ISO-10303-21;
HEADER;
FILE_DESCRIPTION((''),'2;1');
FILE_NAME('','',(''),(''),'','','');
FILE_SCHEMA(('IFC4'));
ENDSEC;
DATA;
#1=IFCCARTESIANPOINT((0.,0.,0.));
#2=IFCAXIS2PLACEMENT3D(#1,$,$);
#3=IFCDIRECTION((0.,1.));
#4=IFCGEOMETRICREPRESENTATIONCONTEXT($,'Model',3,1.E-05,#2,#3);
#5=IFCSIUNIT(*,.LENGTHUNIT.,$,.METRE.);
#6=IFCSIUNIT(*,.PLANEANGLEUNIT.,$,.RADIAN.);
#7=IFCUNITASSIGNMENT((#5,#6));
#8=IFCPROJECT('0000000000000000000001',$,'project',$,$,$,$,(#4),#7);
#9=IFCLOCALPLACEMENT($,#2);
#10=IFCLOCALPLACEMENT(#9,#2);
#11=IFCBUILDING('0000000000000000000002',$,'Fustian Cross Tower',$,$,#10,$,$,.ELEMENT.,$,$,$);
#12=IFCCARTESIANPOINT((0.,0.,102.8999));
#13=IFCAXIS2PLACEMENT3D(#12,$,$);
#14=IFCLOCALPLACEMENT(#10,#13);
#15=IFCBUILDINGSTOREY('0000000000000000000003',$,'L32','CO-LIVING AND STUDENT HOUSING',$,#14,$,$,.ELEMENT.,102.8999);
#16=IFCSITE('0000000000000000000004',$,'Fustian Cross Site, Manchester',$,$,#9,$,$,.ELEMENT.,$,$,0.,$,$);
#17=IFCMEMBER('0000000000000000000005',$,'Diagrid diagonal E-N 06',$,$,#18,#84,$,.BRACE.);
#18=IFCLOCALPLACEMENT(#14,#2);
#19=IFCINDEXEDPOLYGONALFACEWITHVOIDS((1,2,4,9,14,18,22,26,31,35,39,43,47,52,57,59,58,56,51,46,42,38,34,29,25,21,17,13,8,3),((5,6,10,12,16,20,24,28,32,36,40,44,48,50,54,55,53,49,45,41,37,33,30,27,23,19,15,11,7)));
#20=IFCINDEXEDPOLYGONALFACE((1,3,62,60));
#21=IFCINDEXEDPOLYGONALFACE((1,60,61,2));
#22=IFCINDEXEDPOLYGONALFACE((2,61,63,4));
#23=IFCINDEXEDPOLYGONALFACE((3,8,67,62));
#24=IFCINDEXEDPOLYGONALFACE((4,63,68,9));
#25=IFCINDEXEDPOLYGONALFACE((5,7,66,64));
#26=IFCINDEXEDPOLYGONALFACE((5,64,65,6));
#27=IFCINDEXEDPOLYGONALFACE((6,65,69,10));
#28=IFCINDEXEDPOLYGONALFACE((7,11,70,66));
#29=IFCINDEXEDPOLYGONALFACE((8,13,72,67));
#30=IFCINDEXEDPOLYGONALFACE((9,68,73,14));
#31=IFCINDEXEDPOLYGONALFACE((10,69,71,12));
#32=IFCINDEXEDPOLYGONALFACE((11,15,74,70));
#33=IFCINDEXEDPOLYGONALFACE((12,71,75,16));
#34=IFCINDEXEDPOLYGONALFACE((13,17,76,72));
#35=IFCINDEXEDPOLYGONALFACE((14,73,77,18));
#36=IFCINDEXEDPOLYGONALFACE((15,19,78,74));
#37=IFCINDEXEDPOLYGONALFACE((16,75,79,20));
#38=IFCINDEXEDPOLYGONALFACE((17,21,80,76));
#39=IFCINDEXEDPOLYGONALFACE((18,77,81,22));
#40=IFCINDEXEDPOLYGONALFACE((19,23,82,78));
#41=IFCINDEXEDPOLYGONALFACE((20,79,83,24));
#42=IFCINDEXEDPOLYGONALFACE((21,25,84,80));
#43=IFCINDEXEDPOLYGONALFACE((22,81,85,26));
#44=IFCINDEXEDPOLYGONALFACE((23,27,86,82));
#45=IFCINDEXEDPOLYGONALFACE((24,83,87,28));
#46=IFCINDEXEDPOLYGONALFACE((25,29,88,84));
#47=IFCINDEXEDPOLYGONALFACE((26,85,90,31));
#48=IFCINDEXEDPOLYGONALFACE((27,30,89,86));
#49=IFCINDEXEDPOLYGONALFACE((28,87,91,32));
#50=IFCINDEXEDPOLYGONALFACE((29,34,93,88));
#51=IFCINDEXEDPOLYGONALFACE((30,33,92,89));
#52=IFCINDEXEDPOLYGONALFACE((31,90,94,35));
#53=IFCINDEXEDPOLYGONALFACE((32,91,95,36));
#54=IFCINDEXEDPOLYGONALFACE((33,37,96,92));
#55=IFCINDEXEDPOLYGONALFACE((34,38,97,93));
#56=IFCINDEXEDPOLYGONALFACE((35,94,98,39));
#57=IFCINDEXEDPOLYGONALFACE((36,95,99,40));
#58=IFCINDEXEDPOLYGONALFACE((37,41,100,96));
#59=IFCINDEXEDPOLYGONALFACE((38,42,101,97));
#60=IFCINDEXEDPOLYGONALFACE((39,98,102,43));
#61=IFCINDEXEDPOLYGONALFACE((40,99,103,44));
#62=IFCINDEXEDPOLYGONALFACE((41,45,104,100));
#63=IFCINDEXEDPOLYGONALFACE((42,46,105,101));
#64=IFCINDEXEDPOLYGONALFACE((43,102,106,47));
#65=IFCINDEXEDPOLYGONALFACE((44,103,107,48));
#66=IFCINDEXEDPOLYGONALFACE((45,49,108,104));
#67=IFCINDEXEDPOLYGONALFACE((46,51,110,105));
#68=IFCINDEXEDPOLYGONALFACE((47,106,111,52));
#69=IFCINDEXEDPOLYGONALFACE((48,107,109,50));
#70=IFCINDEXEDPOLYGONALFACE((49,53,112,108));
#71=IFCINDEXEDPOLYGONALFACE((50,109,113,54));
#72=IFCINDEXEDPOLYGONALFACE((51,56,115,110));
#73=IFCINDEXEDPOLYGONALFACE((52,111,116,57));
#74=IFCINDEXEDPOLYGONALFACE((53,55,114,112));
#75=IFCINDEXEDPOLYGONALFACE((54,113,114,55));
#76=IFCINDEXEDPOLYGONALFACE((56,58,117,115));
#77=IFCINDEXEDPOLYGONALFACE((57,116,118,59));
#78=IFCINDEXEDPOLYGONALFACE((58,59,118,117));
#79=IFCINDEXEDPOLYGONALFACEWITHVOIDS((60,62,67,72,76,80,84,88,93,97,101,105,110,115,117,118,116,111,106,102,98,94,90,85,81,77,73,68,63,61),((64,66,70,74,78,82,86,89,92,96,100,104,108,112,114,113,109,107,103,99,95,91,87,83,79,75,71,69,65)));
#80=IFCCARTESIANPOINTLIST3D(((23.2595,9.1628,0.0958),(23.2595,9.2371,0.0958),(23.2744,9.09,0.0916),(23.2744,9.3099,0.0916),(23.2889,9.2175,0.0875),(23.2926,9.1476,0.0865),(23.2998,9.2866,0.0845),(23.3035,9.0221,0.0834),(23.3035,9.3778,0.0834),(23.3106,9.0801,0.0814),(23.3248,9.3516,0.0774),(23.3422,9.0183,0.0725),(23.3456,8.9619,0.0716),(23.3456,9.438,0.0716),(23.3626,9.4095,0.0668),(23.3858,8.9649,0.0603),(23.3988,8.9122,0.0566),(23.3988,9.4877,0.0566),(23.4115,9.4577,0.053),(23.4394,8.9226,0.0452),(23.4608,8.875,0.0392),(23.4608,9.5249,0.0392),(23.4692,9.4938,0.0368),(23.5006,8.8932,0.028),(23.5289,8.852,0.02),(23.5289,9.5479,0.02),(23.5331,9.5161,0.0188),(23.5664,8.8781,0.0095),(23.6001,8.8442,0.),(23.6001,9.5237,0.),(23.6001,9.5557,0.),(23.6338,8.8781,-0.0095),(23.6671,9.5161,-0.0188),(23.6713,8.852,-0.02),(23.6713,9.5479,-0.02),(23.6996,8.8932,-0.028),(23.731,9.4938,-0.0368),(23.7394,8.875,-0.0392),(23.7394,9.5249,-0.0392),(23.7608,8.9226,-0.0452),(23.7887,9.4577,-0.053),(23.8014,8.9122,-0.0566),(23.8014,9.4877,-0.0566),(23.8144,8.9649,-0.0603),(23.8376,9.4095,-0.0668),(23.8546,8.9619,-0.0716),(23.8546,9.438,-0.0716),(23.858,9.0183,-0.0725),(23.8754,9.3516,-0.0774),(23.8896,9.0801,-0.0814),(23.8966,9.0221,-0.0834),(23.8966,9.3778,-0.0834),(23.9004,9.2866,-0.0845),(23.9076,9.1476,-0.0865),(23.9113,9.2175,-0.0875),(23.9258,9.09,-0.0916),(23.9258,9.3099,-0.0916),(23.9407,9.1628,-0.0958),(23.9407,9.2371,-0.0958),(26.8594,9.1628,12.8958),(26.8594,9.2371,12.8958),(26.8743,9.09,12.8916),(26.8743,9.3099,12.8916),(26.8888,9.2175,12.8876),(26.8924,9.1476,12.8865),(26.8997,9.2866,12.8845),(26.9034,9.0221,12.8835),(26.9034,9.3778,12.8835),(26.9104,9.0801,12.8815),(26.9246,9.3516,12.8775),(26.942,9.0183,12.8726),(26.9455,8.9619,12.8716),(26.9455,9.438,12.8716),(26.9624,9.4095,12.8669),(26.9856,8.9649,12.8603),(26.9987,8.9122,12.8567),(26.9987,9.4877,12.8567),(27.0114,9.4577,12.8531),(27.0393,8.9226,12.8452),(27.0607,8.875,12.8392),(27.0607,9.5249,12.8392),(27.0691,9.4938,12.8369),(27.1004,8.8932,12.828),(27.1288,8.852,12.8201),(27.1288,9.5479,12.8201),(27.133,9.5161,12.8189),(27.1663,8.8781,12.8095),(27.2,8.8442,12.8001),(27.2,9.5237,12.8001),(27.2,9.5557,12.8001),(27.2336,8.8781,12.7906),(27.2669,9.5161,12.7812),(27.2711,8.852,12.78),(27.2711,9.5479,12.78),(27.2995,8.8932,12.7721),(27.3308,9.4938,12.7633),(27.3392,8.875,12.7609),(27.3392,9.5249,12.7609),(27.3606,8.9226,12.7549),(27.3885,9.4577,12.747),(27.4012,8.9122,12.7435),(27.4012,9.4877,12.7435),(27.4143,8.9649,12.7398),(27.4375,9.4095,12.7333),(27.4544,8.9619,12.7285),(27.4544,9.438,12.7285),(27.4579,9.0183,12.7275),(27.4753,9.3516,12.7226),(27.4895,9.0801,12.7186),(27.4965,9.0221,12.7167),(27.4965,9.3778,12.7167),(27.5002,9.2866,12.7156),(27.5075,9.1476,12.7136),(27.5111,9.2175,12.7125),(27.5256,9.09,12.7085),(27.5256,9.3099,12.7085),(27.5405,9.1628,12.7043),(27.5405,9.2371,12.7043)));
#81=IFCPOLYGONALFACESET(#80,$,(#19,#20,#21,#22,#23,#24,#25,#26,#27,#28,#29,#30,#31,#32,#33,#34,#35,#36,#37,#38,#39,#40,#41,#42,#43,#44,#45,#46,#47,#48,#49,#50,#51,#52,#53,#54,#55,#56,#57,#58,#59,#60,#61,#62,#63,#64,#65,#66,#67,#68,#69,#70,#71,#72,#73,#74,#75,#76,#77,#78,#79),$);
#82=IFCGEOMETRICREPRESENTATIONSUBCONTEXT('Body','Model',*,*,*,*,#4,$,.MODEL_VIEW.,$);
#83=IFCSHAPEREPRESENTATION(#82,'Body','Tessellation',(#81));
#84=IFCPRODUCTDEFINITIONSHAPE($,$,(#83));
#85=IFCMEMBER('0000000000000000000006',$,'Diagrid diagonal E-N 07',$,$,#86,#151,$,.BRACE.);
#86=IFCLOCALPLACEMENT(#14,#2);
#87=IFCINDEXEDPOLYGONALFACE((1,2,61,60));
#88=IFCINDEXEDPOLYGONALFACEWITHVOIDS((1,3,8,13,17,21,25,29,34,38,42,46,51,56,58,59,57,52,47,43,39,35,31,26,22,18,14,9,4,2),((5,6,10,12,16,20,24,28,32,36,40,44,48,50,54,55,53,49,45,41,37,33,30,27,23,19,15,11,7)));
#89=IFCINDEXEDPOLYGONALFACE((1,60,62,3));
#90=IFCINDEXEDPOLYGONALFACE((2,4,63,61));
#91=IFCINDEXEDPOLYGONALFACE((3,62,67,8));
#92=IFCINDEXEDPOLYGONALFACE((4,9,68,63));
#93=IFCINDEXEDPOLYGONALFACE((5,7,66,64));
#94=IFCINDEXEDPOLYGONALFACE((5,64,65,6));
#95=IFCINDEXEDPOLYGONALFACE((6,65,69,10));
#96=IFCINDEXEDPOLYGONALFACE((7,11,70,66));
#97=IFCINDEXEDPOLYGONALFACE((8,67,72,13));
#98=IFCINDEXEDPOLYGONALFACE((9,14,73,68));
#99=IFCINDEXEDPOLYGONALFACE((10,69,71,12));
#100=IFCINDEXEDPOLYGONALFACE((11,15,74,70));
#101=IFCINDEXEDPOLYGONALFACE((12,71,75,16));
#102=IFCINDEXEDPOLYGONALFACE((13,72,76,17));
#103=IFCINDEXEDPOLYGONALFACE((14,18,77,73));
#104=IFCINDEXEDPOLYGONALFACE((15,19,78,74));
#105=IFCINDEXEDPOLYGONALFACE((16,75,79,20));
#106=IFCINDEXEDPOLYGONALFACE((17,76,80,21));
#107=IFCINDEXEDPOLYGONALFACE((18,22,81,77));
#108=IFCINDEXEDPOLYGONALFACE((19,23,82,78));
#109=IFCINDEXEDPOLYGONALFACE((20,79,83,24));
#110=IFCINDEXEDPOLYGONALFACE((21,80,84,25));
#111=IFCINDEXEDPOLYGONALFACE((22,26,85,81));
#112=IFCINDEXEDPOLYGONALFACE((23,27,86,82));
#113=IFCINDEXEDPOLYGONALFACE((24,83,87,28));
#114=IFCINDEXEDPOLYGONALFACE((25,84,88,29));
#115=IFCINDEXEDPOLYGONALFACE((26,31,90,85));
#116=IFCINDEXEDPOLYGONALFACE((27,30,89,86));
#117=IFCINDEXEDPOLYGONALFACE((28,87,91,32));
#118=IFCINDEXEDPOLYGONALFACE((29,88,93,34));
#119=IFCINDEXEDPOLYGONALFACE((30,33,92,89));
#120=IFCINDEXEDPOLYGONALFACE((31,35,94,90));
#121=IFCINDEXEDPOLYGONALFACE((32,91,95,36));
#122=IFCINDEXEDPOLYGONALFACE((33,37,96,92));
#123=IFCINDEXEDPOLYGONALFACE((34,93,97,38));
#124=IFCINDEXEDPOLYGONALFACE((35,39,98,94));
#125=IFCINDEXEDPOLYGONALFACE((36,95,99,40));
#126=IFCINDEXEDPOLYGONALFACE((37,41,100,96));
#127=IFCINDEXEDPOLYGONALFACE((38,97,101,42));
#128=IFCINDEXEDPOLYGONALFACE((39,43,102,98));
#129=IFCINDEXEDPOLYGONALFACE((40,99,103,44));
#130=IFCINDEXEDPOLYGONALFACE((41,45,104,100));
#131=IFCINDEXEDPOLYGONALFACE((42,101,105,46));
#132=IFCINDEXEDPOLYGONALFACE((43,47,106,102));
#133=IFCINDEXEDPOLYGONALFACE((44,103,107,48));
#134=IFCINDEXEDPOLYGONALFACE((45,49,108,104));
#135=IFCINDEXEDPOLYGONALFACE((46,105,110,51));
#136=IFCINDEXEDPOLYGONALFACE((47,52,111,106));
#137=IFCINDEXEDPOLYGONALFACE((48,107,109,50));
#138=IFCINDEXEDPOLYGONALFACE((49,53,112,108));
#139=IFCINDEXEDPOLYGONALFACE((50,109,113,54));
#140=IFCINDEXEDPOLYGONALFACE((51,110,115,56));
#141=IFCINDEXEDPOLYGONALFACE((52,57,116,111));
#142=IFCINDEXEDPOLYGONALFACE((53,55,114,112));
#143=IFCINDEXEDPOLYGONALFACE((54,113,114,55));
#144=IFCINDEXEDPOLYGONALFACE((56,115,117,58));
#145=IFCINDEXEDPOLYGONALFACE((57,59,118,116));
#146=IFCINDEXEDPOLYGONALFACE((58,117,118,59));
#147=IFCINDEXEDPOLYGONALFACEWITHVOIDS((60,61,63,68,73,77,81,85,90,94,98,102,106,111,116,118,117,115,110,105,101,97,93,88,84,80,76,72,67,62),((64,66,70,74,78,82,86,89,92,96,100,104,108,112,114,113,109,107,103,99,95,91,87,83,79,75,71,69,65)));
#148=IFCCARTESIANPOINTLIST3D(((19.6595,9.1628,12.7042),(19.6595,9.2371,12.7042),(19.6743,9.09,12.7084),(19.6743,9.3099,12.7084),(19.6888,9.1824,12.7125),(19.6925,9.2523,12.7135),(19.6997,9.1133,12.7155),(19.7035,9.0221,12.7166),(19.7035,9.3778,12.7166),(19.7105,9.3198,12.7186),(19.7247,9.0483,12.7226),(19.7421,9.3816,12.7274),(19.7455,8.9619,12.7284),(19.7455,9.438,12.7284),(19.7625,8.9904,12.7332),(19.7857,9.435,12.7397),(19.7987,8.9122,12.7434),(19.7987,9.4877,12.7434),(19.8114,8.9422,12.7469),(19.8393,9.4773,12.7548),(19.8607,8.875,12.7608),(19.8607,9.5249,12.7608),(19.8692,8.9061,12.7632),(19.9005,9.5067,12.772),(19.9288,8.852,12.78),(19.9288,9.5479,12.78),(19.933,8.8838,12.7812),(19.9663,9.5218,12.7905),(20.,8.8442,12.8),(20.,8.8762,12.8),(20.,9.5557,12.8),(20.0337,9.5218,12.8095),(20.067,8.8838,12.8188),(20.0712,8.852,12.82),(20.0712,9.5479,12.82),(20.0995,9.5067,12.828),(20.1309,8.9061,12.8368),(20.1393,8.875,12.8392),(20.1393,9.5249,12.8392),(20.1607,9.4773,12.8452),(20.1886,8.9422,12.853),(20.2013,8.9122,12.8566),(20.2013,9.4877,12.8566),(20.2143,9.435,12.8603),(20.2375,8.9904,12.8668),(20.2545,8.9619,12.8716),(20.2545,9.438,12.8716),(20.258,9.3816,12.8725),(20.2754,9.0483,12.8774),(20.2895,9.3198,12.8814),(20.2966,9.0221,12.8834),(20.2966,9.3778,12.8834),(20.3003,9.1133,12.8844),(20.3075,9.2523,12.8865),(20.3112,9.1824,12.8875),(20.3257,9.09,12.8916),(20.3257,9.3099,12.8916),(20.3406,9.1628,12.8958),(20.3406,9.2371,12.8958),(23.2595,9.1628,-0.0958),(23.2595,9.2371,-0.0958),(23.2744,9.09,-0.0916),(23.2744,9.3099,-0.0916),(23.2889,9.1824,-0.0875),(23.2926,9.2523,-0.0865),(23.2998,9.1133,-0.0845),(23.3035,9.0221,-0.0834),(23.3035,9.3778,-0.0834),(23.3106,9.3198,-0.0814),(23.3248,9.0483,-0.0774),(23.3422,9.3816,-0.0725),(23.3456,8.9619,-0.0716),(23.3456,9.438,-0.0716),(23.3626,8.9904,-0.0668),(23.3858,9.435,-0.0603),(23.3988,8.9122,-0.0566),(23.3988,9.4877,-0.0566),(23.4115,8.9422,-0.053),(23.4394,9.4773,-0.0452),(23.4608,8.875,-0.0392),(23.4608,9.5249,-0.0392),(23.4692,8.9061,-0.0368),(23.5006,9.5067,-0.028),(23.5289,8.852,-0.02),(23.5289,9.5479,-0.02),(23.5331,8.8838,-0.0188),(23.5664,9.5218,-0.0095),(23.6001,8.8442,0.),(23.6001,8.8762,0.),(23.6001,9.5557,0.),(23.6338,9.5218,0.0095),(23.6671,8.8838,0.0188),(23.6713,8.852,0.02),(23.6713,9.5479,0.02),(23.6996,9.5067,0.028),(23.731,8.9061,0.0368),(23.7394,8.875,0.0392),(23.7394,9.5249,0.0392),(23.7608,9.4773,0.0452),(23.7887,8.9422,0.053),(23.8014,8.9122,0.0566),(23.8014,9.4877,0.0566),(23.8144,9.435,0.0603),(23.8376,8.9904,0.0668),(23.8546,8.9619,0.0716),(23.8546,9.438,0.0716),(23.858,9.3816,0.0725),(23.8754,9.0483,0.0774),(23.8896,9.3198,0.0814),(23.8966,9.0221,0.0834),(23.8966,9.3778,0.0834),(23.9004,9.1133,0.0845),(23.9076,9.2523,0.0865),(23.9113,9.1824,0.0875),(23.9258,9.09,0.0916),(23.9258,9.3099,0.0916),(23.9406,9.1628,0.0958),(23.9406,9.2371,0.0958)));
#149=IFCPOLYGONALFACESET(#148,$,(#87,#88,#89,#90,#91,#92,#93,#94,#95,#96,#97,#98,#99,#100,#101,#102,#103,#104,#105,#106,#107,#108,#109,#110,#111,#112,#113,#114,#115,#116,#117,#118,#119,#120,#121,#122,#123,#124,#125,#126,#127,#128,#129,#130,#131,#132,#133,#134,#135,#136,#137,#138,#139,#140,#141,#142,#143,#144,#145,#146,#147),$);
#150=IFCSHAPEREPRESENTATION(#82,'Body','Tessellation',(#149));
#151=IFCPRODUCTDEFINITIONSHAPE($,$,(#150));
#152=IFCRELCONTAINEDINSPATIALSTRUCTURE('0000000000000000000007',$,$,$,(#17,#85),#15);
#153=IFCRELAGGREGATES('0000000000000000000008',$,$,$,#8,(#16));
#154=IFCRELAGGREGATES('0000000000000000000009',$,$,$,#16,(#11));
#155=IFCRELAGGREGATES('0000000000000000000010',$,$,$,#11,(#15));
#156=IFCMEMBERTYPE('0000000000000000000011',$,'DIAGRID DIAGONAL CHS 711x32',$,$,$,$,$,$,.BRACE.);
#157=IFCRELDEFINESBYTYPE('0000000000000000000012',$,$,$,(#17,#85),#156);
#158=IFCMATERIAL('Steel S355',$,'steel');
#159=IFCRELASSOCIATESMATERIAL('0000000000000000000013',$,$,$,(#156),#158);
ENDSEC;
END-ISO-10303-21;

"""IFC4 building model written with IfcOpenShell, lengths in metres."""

from ifc_helpers import new_model, si_unit, direction, frame, origin, origin_2d, place, context, subcontext, project, spatial, hollow_circle, extrude, material, material_profile, profile_set, type_object, element, save


model = new_model("IFC4")

# Units and contexts
model_context = context("Model", 3, precision=1e-05, world=origin(), true_north=direction((0.0, 1.0)))
body_context = subcontext(model_context, "Body", "Model", "MODEL_VIEW")
ifc_project = project(units=[si_unit("LENGTHUNIT", "METRE"), si_unit("PLANEANGLEUNIT", "RADIAN")], contexts=[model_context])

# Site, building, storey
site_placement = place(None, origin())
site = spatial("IfcSite", under=ifc_project, at=site_placement, Name="Fustian Cross Site, Manchester", CompositionType="ELEMENT", RefElevation=0.0)
building_placement = place(site_placement, origin())
building = spatial("IfcBuilding", under=site, at=building_placement, Name="Fustian Cross Tower", CompositionType="ELEMENT")
storey_placement = place(building_placement, frame((0.0, 0.0, 102.8999)))
storey = spatial("IfcBuildingStorey", under=building, at=storey_placement, Name="L32", Description="CO-LIVING AND STUDENT HOUSING", CompositionType="ELEMENT", Elevation=102.8999)

# Members
ifc_material_1 = material(Name="Steel S355", Category="steel")
ifc_material_profile_1 = material_profile(ifc_material_1, hollow_circle(Radius=0.3557, WallThickness=0.032, at=origin_2d()), Name="CHS 711x32")
ifc_profile_set_1 = profile_set([ifc_material_profile_1], Name="Steel S355")
member_type_1 = type_object("IfcMemberType", Name="DIAGRID DIAGONAL CHS 711x32", PredefinedType="BRACE", material=ifc_profile_set_1)
for number, where, z_axis, x_axis, name in (
    (1, (23.6001, 9.2, 0.0), (0.270734, 0.0, 0.962654), (0.0, 1.0, 0.0), "Diagrid diagonal E-N 06"),
    (2, (23.6001, 9.2, 0.0), (-0.270751, 0.0, 0.962649), (0.0, -1.0, 0.0), "Diagrid diagonal E-N 07"),
):
    element("IfcMember", number, at=place(storey_placement, frame(where, z_axis=z_axis, x_axis=x_axis)), inside=storey, type_object=member_type_1, Name=name, PredefinedType="BRACE", context=body_context, shape_type="SweptSolid", body=[
        extrude(hollow_circle(Radius=0.3557, WallThickness=0.032, at=origin_2d()), origin(), (0.0, 0.0, 1.0), 13.2966),
    ])

save(model, "model.ifc")
